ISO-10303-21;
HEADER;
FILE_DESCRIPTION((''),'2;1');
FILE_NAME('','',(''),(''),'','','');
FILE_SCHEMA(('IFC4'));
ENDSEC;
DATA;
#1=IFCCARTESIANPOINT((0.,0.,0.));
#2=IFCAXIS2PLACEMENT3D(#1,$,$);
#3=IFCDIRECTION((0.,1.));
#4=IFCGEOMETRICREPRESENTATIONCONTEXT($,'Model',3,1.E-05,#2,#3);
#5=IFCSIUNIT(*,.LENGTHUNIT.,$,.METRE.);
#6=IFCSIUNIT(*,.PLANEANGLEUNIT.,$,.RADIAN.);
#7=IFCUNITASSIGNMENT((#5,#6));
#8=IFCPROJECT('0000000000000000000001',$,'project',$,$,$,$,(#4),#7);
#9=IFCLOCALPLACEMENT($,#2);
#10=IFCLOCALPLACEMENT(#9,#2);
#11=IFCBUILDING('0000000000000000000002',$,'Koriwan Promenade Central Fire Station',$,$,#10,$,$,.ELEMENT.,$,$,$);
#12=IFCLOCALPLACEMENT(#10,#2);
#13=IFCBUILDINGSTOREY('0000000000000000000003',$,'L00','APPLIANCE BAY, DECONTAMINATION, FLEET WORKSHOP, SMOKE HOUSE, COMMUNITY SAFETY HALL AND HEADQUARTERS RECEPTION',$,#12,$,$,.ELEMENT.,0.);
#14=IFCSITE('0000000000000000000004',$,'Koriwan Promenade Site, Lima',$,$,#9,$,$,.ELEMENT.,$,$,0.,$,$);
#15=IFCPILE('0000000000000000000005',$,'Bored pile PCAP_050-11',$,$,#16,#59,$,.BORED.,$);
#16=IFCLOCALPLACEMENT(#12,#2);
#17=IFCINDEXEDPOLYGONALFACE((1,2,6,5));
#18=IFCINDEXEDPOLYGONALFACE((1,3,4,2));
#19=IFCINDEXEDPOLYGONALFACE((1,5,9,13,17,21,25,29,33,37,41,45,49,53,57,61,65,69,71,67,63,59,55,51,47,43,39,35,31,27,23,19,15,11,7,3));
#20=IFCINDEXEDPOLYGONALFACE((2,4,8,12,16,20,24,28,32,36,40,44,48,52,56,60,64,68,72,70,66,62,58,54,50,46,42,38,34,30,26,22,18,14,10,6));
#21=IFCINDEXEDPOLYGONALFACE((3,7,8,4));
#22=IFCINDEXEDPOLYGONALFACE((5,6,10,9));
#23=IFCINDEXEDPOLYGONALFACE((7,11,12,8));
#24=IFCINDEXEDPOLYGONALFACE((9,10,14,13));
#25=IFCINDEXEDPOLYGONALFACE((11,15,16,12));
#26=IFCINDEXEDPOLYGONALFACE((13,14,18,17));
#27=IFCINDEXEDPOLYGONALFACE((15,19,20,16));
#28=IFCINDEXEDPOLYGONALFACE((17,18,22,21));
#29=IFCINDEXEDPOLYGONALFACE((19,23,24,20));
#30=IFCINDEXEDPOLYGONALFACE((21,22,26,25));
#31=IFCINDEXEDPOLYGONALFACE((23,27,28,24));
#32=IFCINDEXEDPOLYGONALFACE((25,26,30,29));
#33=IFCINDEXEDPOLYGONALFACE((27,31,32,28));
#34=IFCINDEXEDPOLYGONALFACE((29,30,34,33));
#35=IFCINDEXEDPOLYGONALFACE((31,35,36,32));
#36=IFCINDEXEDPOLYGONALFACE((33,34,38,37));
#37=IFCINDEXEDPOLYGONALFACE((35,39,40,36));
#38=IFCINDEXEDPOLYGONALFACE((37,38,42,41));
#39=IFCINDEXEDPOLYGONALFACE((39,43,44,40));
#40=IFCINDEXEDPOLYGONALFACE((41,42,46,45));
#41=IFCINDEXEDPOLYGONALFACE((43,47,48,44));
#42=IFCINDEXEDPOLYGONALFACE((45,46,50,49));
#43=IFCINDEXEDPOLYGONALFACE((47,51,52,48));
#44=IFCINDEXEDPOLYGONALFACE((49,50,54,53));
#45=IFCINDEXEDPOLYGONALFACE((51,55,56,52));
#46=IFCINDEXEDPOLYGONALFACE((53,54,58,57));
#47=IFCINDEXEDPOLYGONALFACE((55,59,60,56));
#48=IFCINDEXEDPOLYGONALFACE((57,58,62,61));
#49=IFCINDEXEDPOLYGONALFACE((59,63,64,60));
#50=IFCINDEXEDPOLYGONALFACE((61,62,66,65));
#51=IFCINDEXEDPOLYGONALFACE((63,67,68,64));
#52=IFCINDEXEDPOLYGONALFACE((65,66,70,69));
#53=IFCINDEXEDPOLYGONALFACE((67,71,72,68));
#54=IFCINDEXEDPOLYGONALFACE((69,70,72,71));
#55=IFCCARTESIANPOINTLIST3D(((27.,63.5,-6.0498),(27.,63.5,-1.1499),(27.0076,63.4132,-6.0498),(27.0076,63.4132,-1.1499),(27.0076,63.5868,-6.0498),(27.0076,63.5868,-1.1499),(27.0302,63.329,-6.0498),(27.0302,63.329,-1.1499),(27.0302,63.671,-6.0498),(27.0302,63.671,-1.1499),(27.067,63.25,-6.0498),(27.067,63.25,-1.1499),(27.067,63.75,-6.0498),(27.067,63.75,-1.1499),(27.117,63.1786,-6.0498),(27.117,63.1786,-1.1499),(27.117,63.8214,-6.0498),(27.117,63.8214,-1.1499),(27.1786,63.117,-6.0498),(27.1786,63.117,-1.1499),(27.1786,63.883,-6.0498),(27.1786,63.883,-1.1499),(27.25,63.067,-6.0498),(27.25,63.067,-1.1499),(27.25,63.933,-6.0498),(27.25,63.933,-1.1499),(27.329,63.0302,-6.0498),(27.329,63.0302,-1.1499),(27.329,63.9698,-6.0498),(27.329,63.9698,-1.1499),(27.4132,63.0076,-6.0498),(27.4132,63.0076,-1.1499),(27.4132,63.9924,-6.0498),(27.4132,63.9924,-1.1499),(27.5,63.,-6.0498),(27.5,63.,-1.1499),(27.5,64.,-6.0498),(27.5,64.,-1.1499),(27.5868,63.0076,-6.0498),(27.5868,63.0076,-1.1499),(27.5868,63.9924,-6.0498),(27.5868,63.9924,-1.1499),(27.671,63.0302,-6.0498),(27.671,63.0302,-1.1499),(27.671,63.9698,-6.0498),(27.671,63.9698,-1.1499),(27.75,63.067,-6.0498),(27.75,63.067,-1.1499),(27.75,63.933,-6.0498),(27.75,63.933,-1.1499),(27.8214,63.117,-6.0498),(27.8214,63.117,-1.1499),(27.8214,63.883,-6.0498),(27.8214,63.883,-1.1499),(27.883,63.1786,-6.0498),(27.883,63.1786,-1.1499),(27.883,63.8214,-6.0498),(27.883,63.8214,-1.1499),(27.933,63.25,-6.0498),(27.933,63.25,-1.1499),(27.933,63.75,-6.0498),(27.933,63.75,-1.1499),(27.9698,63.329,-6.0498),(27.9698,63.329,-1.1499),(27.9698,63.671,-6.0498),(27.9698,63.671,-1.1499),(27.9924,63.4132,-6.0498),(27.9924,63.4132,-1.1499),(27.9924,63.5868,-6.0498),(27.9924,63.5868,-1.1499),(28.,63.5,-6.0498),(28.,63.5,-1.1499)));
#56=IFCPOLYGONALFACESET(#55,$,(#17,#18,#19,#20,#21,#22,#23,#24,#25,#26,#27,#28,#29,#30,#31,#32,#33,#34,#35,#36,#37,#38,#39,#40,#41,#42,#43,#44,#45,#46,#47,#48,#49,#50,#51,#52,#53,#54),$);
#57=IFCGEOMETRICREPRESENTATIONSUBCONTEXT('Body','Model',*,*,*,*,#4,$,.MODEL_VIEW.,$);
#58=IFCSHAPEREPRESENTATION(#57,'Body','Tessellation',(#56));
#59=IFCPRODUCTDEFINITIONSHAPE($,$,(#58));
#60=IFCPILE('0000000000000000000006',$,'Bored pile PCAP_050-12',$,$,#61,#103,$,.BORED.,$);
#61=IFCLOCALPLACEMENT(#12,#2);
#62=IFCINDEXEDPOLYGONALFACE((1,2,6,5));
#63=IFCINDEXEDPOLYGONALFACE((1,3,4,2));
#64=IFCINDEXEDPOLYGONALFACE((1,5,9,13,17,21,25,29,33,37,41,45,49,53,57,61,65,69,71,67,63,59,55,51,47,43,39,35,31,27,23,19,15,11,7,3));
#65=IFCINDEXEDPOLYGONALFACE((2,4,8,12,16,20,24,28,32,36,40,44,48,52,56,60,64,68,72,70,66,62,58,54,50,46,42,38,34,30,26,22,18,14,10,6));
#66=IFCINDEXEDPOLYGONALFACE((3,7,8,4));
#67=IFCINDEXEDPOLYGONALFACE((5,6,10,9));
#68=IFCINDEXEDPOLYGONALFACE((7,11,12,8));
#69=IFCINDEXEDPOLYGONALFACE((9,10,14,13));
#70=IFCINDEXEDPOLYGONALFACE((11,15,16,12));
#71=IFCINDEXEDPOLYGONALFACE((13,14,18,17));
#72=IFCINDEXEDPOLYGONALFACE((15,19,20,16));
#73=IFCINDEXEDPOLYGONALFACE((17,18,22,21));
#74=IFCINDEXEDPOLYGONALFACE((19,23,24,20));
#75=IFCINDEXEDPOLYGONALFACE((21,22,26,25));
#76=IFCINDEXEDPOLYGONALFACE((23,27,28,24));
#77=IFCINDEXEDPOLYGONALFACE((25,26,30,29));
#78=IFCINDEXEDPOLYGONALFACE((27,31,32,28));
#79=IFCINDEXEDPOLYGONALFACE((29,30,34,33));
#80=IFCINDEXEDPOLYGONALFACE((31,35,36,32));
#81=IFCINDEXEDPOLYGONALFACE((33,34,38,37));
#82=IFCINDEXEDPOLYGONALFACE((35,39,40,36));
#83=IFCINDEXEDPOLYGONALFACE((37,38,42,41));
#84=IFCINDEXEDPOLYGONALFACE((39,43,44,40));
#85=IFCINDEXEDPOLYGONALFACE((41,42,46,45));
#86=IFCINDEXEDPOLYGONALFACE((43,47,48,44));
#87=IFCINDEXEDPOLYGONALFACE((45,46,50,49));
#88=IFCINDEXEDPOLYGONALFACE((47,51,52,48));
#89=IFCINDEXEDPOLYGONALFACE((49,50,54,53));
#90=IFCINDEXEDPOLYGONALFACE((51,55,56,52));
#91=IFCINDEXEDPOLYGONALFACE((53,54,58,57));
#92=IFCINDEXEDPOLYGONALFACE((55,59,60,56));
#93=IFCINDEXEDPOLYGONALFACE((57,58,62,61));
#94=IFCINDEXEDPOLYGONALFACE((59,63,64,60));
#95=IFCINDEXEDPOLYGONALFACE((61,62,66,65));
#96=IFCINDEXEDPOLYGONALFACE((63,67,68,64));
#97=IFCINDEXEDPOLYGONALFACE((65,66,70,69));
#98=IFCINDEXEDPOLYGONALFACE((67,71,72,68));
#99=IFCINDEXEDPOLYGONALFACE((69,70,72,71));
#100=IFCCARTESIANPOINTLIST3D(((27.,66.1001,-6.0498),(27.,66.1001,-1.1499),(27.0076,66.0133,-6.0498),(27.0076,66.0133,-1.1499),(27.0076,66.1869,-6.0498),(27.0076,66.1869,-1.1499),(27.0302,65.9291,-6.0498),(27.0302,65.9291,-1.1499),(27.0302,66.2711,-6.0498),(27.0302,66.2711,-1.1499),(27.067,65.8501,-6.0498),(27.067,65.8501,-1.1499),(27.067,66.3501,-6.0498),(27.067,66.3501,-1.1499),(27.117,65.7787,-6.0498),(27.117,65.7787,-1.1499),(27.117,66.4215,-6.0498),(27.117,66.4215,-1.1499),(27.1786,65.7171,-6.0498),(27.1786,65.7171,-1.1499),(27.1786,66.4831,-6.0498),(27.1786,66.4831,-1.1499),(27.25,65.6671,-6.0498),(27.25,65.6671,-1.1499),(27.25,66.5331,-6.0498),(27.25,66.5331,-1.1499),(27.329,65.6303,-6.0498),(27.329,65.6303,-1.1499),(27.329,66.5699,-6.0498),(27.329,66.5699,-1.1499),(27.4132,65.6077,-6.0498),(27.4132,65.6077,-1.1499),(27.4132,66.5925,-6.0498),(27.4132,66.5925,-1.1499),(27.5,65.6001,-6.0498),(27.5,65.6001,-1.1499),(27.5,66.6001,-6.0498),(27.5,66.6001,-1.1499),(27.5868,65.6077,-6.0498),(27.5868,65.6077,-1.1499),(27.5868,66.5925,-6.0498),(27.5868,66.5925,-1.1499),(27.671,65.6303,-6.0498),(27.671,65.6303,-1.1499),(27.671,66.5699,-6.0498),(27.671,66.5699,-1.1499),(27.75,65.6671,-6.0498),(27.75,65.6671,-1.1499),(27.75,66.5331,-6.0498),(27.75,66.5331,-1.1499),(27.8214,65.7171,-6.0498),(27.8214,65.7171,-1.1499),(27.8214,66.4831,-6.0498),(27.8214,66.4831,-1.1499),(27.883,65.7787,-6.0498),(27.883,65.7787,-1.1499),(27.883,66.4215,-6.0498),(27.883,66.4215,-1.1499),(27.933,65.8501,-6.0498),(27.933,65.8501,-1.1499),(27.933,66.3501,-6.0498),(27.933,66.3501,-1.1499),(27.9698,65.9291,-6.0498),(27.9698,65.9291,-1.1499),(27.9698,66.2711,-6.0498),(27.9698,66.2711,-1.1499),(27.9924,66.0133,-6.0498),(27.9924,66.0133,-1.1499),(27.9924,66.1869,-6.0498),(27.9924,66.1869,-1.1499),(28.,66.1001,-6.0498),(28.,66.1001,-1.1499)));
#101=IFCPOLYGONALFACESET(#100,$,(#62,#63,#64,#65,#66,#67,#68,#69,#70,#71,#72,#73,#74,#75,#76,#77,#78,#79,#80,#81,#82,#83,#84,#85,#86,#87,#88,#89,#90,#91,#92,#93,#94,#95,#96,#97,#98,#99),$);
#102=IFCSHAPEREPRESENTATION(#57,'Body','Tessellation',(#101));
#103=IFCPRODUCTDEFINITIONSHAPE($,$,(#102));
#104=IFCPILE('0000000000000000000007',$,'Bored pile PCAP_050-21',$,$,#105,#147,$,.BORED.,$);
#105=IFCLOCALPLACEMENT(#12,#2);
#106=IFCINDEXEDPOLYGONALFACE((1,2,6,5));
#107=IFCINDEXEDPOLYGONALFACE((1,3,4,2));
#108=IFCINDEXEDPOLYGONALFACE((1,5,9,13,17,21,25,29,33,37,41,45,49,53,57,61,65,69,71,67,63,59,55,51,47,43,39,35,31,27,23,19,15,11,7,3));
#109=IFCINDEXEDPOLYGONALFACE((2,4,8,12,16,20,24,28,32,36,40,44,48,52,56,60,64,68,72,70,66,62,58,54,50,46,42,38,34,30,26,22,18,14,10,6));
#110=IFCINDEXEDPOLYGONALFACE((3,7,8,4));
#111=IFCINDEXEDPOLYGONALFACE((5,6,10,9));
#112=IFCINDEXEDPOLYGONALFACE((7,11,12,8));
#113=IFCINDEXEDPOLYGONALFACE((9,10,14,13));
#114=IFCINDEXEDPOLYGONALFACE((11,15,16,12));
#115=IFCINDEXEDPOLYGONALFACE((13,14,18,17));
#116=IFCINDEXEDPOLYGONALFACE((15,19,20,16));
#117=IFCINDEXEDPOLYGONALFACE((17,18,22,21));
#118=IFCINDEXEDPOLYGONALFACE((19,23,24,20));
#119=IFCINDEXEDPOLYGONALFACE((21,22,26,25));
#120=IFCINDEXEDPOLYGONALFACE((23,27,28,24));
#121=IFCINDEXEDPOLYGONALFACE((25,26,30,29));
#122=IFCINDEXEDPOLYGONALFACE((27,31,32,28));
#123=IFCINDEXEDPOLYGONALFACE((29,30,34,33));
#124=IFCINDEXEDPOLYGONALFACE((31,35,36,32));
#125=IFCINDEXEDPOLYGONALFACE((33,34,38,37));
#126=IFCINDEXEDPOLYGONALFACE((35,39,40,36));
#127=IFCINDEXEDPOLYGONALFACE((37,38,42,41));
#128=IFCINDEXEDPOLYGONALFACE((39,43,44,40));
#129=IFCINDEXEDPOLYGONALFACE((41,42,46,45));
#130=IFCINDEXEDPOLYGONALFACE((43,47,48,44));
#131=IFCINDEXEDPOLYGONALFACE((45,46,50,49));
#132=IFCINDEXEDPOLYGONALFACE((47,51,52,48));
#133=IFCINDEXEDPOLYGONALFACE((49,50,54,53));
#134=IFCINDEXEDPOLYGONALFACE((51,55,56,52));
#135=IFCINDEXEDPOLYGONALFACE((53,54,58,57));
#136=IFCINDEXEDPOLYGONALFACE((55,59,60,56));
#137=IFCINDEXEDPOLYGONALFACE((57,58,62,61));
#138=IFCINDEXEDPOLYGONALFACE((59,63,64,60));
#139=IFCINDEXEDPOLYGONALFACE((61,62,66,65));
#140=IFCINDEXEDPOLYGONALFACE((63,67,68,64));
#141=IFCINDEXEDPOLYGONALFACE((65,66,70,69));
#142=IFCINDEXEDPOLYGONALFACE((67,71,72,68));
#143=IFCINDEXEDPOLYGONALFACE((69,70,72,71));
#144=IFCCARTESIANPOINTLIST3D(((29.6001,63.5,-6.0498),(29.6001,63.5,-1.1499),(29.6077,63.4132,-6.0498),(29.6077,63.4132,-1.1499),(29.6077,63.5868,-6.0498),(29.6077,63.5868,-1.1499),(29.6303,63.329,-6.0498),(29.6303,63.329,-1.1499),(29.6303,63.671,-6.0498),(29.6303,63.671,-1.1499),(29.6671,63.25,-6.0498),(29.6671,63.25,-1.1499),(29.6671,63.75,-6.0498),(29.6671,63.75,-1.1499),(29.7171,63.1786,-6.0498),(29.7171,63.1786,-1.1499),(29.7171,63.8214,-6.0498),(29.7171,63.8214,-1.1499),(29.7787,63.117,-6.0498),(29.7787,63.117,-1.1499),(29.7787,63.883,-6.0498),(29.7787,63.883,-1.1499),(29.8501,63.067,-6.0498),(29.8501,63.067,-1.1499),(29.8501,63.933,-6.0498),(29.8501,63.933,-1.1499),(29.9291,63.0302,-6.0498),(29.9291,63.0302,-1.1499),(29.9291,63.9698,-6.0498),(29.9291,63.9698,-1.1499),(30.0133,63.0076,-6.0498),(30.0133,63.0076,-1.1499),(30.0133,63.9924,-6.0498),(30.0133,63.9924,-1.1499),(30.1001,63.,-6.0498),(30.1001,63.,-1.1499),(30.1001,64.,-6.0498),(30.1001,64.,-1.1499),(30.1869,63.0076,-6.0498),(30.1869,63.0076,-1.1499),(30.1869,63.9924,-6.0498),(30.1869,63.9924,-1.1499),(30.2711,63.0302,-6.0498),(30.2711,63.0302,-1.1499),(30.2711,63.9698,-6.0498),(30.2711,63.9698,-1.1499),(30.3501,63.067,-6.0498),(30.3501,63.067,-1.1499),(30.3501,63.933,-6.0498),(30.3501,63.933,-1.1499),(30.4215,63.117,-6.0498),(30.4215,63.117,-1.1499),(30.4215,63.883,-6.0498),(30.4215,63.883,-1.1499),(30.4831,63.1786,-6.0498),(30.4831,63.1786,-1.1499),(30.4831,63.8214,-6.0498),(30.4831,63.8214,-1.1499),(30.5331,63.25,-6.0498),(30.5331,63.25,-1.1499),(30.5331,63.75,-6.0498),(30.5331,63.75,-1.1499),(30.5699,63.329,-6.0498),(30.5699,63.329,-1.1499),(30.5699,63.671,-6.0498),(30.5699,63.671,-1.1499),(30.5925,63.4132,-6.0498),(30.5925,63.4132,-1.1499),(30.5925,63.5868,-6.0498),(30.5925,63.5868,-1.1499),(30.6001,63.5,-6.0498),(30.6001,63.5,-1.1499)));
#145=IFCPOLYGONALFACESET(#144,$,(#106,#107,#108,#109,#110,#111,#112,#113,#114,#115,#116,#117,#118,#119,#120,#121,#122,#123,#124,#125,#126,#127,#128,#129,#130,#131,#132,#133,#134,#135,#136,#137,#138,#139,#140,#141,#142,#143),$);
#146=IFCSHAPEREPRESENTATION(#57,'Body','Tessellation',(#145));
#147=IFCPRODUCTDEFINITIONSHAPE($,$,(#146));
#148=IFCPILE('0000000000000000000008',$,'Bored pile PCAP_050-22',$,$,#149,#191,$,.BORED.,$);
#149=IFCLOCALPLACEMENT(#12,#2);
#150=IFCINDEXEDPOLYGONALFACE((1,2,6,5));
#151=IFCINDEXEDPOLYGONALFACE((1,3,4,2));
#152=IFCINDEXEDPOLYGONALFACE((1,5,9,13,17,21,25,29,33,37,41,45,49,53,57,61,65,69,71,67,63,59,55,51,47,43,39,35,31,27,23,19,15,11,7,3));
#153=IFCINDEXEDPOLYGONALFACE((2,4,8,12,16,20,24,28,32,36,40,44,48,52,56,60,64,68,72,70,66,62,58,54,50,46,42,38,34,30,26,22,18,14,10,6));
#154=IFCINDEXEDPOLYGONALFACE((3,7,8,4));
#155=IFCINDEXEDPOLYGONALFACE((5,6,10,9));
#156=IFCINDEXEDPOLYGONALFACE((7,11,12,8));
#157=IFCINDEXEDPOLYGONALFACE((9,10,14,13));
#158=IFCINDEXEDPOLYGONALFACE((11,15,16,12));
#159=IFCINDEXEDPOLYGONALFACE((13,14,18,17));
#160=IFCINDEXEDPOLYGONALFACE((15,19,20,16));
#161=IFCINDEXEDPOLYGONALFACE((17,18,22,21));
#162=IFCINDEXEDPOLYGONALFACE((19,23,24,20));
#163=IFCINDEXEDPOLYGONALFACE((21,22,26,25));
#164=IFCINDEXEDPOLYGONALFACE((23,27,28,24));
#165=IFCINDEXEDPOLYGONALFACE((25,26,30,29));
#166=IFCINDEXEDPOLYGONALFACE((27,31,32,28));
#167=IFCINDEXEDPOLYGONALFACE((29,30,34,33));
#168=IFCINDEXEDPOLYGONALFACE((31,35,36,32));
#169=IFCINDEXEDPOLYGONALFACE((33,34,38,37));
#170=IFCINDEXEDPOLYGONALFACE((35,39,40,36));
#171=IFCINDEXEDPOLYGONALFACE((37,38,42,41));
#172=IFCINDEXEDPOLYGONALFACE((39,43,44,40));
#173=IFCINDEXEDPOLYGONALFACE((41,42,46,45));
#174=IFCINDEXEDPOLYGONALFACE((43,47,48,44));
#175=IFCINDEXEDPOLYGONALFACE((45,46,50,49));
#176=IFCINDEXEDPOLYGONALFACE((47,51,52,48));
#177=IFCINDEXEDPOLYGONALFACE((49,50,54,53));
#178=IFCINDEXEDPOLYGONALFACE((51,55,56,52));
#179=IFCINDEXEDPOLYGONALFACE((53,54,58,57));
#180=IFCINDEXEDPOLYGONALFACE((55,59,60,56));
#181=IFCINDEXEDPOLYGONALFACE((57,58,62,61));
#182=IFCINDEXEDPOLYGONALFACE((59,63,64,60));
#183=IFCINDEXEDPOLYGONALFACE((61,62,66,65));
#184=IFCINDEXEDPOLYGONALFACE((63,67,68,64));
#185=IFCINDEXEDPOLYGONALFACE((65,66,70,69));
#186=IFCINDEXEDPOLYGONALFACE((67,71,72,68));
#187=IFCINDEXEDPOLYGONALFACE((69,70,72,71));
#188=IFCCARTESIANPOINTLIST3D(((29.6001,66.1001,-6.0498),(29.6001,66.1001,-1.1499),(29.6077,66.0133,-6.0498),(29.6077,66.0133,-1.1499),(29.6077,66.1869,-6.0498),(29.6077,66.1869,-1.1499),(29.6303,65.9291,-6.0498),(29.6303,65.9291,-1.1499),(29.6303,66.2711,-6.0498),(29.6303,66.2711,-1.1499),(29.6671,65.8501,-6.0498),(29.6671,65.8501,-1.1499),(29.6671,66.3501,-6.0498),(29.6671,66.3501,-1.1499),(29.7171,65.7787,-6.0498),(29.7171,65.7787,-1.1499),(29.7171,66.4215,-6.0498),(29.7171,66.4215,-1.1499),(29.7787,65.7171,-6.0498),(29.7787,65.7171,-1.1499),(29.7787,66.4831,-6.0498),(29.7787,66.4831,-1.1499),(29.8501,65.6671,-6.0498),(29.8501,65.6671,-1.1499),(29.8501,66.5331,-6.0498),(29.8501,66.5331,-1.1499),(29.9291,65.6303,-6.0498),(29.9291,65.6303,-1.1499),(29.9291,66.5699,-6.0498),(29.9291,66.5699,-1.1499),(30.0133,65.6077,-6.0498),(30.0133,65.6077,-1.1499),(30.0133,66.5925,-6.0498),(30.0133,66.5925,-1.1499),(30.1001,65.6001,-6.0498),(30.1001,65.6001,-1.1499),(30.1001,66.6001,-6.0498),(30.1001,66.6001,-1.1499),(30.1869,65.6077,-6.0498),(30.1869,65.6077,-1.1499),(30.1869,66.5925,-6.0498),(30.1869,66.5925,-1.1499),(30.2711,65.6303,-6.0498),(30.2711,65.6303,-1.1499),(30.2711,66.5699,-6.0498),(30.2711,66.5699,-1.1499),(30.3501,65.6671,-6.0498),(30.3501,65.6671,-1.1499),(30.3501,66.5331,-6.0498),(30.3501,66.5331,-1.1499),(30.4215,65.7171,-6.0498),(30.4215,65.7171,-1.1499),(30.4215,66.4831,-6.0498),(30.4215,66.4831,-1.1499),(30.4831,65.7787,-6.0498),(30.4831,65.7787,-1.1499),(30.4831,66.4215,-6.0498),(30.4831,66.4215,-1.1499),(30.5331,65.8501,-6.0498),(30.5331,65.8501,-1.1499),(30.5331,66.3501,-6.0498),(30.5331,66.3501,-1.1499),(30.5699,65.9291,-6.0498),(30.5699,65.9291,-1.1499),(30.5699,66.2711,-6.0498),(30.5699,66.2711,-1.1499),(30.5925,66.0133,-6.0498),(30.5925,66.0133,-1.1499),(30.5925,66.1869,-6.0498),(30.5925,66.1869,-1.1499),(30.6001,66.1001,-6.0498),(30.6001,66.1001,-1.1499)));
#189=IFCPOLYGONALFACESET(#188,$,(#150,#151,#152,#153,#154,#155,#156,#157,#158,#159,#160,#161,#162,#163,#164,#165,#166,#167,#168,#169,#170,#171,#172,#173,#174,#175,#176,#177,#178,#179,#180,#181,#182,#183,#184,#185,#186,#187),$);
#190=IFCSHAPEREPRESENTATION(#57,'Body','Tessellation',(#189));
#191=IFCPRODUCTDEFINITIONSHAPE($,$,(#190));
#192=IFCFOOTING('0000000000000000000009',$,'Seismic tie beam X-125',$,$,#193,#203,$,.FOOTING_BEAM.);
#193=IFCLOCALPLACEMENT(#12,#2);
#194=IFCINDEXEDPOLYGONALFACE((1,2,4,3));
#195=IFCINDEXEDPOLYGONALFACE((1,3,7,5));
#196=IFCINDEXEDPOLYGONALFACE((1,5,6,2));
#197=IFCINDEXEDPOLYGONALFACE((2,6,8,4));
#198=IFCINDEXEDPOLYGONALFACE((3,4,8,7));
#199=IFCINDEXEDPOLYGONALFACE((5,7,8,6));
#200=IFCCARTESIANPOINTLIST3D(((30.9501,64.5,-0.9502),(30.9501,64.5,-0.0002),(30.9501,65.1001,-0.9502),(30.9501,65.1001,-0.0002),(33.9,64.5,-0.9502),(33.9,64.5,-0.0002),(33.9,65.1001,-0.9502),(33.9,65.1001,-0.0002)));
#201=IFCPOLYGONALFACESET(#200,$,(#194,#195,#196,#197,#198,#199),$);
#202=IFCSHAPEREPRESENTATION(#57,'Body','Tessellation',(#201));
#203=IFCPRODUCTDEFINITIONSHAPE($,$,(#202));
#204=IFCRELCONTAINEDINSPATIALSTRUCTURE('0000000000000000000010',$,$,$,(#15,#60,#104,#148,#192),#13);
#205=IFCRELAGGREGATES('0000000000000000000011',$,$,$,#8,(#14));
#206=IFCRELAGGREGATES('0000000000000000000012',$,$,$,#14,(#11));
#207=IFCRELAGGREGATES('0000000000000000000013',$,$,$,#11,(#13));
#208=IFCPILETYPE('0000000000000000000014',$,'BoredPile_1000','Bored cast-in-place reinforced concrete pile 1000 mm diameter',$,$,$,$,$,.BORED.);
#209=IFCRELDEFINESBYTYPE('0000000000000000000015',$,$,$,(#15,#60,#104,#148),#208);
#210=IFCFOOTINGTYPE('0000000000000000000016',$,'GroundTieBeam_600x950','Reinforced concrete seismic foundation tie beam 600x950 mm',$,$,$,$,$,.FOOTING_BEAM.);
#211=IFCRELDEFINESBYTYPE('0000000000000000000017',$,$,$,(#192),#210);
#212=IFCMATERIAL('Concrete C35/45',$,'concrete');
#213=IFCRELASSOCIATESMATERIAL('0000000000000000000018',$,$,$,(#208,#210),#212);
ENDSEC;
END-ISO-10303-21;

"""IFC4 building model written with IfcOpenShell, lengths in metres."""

from ifc_helpers import new_model, si_unit, direction, frame, origin, origin_2d, place, context, subcontext, project, spatial, rectangle, circle, extrude, material, material_profile, profile_set, type_object, element, save


model = new_model("IFC4")

# Units and contexts
model_context = context("Model", 3, precision=1e-05, world=origin(), true_north=direction((0.0, 1.0)))
body_context = subcontext(model_context, "Body", "Model", "MODEL_VIEW")
ifc_project = project(units=[si_unit("LENGTHUNIT", "METRE"), si_unit("PLANEANGLEUNIT", "RADIAN")], contexts=[model_context])

# Site, building, storey
site_placement = place(None, origin())
site = spatial("IfcSite", under=ifc_project, at=site_placement, Name="Koriwan Promenade Site, Lima", CompositionType="ELEMENT", RefElevation=0.0)
building_placement = place(site_placement, origin())
building = spatial("IfcBuilding", under=site, at=building_placement, Name="Koriwan Promenade Central Fire Station", CompositionType="ELEMENT")
storey_placement = place(building_placement, origin())
storey = spatial("IfcBuildingStorey", under=building, at=storey_placement, Name="L00", Description="APPLIANCE BAY, DECONTAMINATION, FLEET WORKSHOP, SMOKE HOUSE, COMMUNITY SAFETY HALL AND HEADQUARTERS RECEPTION", CompositionType="ELEMENT", Elevation=0.0)

# Piles
ifc_material_1 = material(Name="Concrete C35/45", Category="concrete")
ifc_material_profile_1 = material_profile(ifc_material_1, circle(Radius=0.5, at=origin_2d()), Name="PILE-D1000")
ifc_profile_set_1 = profile_set([ifc_material_profile_1], Name="Concrete C35/45")
pile_type = type_object("IfcPileType", Name="BoredPile_1000", Description="Bored cast-in-place reinforced concrete pile 1000 mm diameter", PredefinedType="BORED", material=ifc_profile_set_1)
for number, where, z_axis, x_axis, name in (
    (1, (27.5, 63.5, -1.1499), (0.0, 0.0, -1.0), (1.0, 0.0, 0.0), "Bored pile PCAP_050-11"),
    (2, (27.5, 66.1001, -1.1499), (0.0, 0.0, -1.0), (1.0, 0.0, 0.0), "Bored pile PCAP_050-12"),
    (3, (30.1001, 63.5, -1.1499), (0.0, 0.0, -1.0), (1.0, 0.0, 0.0), "Bored pile PCAP_050-21"),
    (4, (30.1001, 66.1001, -1.1499), (0.0, 0.0, -1.0), (1.0, 0.0, 0.0), "Bored pile PCAP_050-22"),
):
    element("IfcPile", number, at=place(storey_placement, frame(where, z_axis=z_axis, x_axis=x_axis)), inside=storey, type_object=pile_type, Name=name, PredefinedType="BORED", context=body_context, shape_type="SweptSolid", body=[
        extrude(circle(Radius=0.5, at=origin_2d()), origin(), (0.0, 0.0, 1.0), 4.8999),
    ])

# Footing
footing_type_1 = type_object("IfcFootingType", Name="GroundTieBeam_600x950", Description="Reinforced concrete seismic foundation tie beam 600x950 mm", PredefinedType="FOOTING_BEAM", material=ifc_material_1)
footing_1_placement = place(storey_placement, frame((32.425, 64.8, -0.9502), z_axis=(0.0, 0.0, 1.0), x_axis=(1.0, 0.0, 0.0)))
element("IfcFooting", 5, at=footing_1_placement, inside=storey, type_object=footing_type_1, Name="Seismic tie beam X-125", PredefinedType="FOOTING_BEAM", context=body_context, shape_type="SweptSolid", body=[
    extrude(rectangle(XDim=2.95, YDim=0.6001, at=origin_2d()), origin(), (0.0, 0.0, 1.0), 0.95),
])

save(model, "model.ifc")
